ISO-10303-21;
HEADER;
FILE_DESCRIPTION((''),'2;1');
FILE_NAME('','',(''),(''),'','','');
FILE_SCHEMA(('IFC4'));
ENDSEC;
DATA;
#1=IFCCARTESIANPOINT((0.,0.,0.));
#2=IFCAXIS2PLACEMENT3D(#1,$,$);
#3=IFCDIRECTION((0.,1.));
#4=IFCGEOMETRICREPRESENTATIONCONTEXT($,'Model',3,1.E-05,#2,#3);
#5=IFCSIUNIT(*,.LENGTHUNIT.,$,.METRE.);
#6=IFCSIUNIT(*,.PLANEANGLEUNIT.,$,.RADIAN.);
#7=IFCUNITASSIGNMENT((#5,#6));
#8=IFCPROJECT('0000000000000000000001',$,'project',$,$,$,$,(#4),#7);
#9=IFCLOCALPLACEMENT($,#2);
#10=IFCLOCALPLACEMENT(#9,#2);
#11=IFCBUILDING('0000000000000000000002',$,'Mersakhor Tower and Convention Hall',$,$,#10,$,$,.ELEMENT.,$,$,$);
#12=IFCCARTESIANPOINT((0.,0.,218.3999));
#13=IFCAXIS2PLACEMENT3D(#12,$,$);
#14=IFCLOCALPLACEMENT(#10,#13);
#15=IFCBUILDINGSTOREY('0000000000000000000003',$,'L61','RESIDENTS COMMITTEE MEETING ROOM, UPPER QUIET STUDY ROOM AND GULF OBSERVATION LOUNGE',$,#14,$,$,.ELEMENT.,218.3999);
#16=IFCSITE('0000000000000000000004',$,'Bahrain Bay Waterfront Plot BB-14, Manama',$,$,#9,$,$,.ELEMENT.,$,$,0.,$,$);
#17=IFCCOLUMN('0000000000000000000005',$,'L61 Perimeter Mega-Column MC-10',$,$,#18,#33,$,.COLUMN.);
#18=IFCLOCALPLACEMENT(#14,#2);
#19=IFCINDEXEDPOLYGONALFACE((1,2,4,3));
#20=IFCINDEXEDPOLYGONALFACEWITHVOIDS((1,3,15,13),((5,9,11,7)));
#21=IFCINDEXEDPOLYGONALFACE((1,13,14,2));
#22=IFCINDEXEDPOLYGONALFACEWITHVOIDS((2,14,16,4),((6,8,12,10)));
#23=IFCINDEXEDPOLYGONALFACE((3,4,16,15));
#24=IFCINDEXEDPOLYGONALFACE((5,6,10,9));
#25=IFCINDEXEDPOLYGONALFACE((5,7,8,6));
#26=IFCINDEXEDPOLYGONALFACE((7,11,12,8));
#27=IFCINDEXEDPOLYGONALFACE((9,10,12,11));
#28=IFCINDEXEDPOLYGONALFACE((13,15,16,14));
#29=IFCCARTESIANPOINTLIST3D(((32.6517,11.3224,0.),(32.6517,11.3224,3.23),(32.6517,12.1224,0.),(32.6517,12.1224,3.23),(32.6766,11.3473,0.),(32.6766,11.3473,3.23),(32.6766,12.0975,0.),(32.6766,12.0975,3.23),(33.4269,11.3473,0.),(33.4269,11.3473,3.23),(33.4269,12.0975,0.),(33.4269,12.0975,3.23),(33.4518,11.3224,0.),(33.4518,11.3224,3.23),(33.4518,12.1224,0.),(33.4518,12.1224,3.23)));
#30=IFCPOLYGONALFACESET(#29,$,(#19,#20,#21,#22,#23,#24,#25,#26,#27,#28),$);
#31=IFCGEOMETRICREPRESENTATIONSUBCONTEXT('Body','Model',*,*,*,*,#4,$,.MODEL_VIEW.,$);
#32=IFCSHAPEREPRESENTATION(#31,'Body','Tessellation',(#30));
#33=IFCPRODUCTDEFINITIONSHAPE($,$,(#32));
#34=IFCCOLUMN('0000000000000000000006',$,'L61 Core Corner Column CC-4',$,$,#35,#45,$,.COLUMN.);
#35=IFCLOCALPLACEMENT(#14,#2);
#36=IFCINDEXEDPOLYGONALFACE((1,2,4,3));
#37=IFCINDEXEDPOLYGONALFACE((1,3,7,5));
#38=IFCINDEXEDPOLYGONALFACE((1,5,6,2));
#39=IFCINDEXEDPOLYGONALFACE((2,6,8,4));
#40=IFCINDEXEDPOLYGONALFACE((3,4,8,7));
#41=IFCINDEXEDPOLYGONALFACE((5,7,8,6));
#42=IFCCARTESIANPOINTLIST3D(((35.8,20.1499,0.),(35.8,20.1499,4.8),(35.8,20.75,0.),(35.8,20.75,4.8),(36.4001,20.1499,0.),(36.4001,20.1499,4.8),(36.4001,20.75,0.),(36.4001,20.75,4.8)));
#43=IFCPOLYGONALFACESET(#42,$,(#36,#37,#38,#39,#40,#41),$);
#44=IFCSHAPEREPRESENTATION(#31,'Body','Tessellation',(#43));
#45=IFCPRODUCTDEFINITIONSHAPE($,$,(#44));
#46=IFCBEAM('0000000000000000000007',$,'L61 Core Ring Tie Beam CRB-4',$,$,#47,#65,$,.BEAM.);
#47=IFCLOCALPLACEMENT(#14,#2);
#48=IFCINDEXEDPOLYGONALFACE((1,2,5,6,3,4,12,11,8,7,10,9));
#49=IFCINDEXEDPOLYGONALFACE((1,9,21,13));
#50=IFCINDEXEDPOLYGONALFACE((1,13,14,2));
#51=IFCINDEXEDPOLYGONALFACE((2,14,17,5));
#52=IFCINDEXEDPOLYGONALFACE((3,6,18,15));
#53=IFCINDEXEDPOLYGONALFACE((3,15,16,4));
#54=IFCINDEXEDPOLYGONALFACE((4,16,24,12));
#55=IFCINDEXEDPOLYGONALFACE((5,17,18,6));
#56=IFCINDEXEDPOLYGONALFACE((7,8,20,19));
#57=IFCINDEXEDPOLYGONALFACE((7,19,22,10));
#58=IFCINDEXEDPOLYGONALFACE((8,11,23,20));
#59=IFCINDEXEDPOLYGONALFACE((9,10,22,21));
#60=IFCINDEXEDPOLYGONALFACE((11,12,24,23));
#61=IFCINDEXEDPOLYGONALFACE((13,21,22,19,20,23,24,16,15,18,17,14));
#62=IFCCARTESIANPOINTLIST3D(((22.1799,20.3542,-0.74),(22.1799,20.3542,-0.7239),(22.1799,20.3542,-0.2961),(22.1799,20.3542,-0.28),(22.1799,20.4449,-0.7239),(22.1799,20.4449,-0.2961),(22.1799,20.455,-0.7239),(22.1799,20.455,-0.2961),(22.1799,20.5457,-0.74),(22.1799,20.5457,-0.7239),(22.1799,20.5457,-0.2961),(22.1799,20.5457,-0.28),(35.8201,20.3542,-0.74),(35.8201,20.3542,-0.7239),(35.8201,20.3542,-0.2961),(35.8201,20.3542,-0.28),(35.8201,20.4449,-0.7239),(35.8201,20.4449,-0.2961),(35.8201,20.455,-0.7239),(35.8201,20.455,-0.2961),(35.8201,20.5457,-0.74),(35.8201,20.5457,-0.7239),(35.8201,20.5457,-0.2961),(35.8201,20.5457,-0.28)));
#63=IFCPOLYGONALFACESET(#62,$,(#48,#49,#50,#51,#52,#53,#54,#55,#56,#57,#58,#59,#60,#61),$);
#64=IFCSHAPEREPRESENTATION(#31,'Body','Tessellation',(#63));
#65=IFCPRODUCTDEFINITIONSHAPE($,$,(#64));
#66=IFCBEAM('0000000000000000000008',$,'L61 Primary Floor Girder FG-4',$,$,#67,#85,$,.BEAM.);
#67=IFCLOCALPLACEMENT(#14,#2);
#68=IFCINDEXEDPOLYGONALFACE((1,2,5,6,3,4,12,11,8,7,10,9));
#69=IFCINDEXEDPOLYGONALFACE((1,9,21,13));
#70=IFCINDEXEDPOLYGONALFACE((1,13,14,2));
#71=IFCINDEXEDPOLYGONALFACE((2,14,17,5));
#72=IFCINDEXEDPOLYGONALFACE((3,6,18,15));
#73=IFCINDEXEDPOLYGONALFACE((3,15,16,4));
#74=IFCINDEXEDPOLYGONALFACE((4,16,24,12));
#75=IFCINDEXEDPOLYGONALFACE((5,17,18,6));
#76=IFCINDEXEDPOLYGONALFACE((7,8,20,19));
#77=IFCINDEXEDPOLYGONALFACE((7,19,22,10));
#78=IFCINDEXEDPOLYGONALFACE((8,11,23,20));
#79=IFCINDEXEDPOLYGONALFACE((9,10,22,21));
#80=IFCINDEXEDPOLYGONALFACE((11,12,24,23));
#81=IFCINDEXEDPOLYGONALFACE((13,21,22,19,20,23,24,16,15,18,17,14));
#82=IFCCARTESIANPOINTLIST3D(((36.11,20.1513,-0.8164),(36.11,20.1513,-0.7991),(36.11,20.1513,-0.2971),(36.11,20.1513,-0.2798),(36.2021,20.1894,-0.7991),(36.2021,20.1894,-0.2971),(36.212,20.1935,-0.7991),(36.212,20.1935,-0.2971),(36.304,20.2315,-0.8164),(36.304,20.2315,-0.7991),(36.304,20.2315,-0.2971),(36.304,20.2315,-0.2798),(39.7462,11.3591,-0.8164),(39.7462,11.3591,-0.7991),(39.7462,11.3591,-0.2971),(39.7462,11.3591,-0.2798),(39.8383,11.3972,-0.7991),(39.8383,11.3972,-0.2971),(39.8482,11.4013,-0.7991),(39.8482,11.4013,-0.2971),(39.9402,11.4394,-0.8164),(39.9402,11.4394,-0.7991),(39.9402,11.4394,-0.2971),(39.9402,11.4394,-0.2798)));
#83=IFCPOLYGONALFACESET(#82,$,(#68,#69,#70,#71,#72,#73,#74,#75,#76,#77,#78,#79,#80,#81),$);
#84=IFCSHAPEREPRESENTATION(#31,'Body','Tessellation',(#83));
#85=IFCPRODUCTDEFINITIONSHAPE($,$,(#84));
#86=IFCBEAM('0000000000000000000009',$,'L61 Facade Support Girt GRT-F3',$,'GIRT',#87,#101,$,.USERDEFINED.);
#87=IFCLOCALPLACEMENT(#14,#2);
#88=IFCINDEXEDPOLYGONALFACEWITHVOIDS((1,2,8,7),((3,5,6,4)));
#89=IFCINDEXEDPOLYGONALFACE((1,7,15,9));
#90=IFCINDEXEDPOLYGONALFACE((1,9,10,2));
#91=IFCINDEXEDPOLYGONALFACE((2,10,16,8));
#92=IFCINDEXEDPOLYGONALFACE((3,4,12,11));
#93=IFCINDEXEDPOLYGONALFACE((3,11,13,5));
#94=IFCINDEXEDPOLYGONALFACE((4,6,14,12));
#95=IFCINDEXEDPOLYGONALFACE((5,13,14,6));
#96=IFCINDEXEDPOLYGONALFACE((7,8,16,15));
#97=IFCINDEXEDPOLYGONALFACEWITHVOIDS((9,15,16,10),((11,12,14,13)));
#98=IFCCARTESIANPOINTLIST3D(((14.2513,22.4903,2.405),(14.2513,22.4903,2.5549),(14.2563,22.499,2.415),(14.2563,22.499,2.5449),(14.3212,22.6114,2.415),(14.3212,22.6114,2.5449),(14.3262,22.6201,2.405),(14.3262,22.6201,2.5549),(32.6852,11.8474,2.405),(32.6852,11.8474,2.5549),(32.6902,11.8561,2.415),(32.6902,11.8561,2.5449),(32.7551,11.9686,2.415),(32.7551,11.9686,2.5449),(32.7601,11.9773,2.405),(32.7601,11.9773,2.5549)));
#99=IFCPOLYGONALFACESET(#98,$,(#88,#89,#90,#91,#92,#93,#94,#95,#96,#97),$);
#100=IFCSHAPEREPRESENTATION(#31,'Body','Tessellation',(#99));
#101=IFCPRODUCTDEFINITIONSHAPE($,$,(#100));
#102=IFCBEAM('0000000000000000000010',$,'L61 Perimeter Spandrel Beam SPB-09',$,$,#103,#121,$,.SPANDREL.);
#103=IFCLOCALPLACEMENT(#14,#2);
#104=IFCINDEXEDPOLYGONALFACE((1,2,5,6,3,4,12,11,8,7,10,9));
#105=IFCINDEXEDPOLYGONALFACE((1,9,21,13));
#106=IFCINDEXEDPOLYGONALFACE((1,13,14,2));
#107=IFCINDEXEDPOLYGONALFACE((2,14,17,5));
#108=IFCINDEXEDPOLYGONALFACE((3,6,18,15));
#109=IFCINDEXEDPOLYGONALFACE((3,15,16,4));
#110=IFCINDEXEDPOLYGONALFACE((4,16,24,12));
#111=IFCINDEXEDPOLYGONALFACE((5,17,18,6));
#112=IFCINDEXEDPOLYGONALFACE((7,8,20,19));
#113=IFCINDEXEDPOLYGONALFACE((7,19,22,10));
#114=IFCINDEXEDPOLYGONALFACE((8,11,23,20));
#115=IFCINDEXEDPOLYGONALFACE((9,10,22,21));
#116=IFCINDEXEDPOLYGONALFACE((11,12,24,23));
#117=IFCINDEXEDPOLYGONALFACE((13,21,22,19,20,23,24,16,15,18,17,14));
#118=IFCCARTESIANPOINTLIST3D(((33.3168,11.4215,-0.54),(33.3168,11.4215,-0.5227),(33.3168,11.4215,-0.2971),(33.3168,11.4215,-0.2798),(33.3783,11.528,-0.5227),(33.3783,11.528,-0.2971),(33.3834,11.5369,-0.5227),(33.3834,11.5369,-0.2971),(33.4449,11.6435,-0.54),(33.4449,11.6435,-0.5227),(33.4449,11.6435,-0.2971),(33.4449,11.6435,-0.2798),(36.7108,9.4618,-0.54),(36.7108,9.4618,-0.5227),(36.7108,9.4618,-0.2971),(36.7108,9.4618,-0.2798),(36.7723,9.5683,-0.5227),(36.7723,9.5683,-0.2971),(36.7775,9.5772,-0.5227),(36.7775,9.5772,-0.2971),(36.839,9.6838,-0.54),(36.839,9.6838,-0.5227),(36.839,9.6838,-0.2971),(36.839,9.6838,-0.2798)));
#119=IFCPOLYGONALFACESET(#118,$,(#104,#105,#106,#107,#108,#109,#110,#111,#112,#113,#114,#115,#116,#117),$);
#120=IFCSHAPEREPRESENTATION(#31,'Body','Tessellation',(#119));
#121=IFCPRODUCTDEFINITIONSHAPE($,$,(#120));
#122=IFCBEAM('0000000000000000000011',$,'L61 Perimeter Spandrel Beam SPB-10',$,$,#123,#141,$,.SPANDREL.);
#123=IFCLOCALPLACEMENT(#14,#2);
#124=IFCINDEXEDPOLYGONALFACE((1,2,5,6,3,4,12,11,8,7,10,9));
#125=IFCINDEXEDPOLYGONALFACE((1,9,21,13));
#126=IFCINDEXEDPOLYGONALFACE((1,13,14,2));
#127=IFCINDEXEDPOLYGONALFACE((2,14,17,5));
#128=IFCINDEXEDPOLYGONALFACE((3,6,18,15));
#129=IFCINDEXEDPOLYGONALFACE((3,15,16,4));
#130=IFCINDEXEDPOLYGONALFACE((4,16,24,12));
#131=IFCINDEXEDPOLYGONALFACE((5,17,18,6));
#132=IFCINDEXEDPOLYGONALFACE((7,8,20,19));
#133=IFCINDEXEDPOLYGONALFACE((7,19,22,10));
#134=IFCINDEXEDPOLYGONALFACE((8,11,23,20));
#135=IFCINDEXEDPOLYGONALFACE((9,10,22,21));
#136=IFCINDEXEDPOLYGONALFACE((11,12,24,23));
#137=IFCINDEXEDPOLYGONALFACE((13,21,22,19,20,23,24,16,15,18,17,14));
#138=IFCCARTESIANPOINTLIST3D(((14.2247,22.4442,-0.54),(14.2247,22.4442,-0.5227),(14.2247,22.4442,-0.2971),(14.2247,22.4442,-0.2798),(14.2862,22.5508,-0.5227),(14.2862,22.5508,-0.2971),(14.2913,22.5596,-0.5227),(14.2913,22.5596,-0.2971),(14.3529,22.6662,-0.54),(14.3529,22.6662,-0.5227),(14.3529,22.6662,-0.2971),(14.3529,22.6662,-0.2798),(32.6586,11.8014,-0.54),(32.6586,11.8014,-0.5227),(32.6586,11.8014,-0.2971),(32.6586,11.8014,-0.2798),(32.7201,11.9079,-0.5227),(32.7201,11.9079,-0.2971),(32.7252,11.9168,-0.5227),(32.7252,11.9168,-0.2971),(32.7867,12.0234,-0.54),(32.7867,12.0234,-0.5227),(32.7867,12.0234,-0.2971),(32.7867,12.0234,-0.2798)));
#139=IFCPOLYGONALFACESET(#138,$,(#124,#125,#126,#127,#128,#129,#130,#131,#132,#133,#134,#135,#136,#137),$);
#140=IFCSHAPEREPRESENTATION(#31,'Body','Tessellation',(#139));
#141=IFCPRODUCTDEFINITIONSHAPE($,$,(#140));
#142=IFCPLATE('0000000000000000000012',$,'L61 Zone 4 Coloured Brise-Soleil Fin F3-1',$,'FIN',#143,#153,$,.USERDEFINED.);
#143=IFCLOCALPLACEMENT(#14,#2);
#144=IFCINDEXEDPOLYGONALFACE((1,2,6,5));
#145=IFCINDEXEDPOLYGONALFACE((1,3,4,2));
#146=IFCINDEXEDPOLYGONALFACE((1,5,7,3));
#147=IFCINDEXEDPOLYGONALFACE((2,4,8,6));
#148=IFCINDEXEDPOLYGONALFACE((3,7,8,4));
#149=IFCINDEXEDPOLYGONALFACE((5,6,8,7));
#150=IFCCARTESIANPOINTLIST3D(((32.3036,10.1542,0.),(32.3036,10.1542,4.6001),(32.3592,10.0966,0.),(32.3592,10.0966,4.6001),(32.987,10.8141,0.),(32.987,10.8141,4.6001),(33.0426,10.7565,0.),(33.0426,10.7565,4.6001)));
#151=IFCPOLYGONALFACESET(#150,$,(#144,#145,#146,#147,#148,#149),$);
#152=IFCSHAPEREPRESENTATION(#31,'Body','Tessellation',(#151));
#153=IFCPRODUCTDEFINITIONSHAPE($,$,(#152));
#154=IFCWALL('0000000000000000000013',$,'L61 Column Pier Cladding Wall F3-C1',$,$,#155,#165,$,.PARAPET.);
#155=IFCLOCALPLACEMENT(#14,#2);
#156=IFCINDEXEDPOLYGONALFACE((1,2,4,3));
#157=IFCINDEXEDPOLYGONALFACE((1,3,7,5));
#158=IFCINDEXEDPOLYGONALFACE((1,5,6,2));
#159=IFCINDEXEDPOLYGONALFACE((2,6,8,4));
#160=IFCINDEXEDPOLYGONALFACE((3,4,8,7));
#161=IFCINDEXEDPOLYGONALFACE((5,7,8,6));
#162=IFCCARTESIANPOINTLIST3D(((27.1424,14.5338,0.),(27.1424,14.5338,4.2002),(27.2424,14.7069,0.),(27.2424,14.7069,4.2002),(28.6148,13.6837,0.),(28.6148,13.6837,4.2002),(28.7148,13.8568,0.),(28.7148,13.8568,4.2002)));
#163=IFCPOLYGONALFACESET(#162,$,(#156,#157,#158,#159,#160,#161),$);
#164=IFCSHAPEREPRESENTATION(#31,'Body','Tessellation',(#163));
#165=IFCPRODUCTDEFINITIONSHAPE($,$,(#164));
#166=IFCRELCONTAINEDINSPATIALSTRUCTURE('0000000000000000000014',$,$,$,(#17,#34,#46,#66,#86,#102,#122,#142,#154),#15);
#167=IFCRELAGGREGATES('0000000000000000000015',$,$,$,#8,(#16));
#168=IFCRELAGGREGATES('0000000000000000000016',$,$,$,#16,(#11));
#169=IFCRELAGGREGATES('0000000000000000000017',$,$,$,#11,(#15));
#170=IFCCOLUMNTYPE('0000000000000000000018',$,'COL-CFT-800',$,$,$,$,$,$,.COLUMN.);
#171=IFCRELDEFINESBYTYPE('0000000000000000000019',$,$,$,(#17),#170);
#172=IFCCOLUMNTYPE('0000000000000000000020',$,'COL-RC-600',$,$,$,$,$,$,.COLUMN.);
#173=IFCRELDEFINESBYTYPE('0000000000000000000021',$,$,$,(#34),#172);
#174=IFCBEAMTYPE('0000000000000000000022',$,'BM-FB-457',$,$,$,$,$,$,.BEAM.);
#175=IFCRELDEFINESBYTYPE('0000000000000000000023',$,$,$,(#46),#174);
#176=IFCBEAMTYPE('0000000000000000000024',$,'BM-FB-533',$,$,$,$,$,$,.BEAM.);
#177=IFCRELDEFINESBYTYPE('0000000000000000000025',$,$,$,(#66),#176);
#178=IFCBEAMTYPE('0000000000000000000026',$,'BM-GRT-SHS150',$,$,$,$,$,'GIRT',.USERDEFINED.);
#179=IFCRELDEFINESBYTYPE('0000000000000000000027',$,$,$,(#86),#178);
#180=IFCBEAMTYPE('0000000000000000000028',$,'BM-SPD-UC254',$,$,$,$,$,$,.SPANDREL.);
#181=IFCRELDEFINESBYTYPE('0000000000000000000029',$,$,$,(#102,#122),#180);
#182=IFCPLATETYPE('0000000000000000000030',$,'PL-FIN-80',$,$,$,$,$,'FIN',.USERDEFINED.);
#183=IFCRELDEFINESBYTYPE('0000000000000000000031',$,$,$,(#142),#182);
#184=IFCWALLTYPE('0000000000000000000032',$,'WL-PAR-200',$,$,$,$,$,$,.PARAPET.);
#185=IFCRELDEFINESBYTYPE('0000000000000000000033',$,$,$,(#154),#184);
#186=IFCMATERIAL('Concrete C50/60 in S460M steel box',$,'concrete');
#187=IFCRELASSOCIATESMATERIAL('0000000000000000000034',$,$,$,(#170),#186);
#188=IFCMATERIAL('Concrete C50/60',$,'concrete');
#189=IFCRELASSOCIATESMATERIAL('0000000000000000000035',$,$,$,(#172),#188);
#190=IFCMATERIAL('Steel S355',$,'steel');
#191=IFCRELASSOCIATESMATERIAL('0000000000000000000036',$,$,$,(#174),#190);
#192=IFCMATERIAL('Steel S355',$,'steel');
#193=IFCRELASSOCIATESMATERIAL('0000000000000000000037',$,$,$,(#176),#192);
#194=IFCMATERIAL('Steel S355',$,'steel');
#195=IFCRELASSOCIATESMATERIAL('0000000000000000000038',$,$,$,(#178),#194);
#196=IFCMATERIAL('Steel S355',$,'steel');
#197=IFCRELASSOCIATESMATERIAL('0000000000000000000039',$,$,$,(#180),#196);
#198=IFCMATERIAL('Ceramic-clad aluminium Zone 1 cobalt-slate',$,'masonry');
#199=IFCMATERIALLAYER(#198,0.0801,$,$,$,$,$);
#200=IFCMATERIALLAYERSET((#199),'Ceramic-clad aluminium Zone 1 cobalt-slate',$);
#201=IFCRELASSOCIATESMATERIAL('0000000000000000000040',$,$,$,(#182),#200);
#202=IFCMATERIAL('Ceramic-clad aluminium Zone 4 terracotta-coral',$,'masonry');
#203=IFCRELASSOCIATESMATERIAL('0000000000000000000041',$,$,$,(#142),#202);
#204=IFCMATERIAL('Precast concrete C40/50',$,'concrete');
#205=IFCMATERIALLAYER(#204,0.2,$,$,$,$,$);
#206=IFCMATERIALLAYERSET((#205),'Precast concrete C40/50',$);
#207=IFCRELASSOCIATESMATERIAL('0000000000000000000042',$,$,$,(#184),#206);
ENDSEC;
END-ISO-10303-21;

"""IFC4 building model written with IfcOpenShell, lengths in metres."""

from ifc_helpers import new_model, si_unit, direction, frame, frame_2d, origin, origin_2d, place, context, subcontext, project, spatial, rectangle, hollow_rectangle, i_section, extrude, material, layer, layer_set, material_profile, profile_set, type_object, element, save


model = new_model("IFC4")

# Units and contexts
model_context = context("Model", 3, precision=1e-05, world=origin(), true_north=direction((0.0, 1.0)))
body_context = subcontext(model_context, "Body", "Model", "MODEL_VIEW")
ifc_project = project(units=[si_unit("LENGTHUNIT", "METRE"), si_unit("PLANEANGLEUNIT", "RADIAN")], contexts=[model_context])

# Site, building, storey
site_placement = place(None, origin())
site = spatial("IfcSite", under=ifc_project, at=site_placement, Name="Bahrain Bay Waterfront Plot BB-14, Manama", CompositionType="ELEMENT", RefElevation=0.0)
building_placement = place(site_placement, origin())
building = spatial("IfcBuilding", under=site, at=building_placement, Name="Mersakhor Tower and Convention Hall", CompositionType="ELEMENT")
storey_placement = place(building_placement, frame((0.0, 0.0, 218.3999)))
storey = spatial("IfcBuildingStorey", under=building, at=storey_placement, Name="L61", Description="RESIDENTS COMMITTEE MEETING ROOM, UPPER QUIET STUDY ROOM AND GULF OBSERVATION LOUNGE", CompositionType="ELEMENT", Elevation=218.3999)

# Columns
ifc_material_1 = material(Name="Concrete C50/60 in S460M steel box", Category="concrete")
ifc_material_profile_1 = material_profile(ifc_material_1, hollow_rectangle(XDim=0.8, YDim=0.8, WallThickness=0.0249, at=origin_2d()), Name="SHS 800x800x25")
ifc_profile_set_1 = profile_set([ifc_material_profile_1], Name="Concrete C50/60 in S460M steel box")
column_type_1 = type_object("IfcColumnType", Name="COL-CFT-800", PredefinedType="COLUMN", material=ifc_profile_set_1)
column_1_placement = place(storey_placement, frame((33.0518, 11.7224, 0.0), z_axis=(0.0, 0.0, 1.0), x_axis=(1.0, 0.0, 0.0)))
element("IfcColumn", 1, at=column_1_placement, inside=storey, type_object=column_type_1, Name="L61 Perimeter Mega-Column MC-10", PredefinedType="COLUMN", context=body_context, shape_type="SweptSolid", body=[
    extrude(hollow_rectangle(XDim=0.8, YDim=0.8, WallThickness=0.0249, at=origin_2d()), origin(), (0.0, 0.0, 1.0), 3.23),
])
ifc_material_2 = material(Name="Concrete C50/60", Category="concrete")
ifc_material_profile_2 = material_profile(ifc_material_2, rectangle(XDim=0.6001, YDim=0.6001, at=origin_2d()), Name="RC 600x600")
ifc_profile_set_2 = profile_set([ifc_material_profile_2], Name="Concrete C50/60")
column_type_2 = type_object("IfcColumnType", Name="COL-RC-600", PredefinedType="COLUMN", material=ifc_profile_set_2)
column_2_placement = place(storey_placement, frame((36.1001, 20.45, 0.0), z_axis=(0.0, 0.0, 1.0), x_axis=(1.0, 0.0, 0.0)))
element("IfcColumn", 2, at=column_2_placement, inside=storey, type_object=column_type_2, Name="L61 Core Corner Column CC-4", PredefinedType="COLUMN", context=body_context, shape_type="SweptSolid", body=[
    extrude(rectangle(XDim=0.6001, YDim=0.6001, at=origin_2d()), origin(), (0.0, 0.0, 1.0), 4.8),
])

# Beams
ifc_material_3 = material(Name="Steel S355", Category="steel")
ifc_material_profile_3 = material_profile(ifc_material_3, i_section(OverallWidth=0.1914, OverallDepth=0.46, WebThickness=0.01, FlangeThickness=0.0161, at=origin_2d()), Name="UB 457x191x82")
ifc_profile_set_3 = profile_set([ifc_material_profile_3], Name="Steel S355")
beam_type_1 = type_object("IfcBeamType", Name="BM-FB-457", PredefinedType="BEAM", material=ifc_profile_set_3)
beam_1_placement = place(storey_placement, frame((35.8201, 20.45, -0.51), z_axis=(-1.0, 0.0, 0.0), x_axis=(0.0, -1.0, 0.0)))
element("IfcBeam", 3, at=beam_1_placement, inside=storey, type_object=beam_type_1, Name="L61 Core Ring Tie Beam CRB-4", PredefinedType="BEAM", context=body_context, shape_type="SweptSolid", body=[
    extrude(i_section(OverallWidth=0.1914, OverallDepth=0.46, WebThickness=0.01, FlangeThickness=0.0161, at=origin_2d()), origin(), (0.0, 0.0, 1.0), 13.6401),
])
ifc_material_4 = material(Name="Steel S355", Category="steel")
ifc_material_profile_4 = material_profile(ifc_material_4, i_section(OverallWidth=0.21, OverallDepth=0.5366, WebThickness=0.0107, FlangeThickness=0.0173, at=origin_2d()), Name="UB 533x210x101")
ifc_profile_set_4 = profile_set([ifc_material_profile_4], Name="Steel S355")
beam_type_2 = type_object("IfcBeamType", Name="BM-FB-533", PredefinedType="BEAM", material=ifc_profile_set_4)
beam_2_placement = place(storey_placement, frame((36.207, 20.1914, -0.5481), z_axis=(0.382178, -0.924089, 0.0), x_axis=(0.924089, 0.382178, 0.0)))
element("IfcBeam", 4, at=beam_2_placement, inside=storey, type_object=beam_type_2, Name="L61 Primary Floor Girder FG-4", PredefinedType="BEAM", context=body_context, shape_type="SweptSolid", body=[
    extrude(i_section(OverallWidth=0.21, OverallDepth=0.5366, WebThickness=0.0107, FlangeThickness=0.0173, at=origin_2d()), origin(), (0.0, 0.0, 1.0), 9.5144),
])
ifc_material_5 = material(Name="Steel S355", Category="steel")
ifc_material_profile_5 = material_profile(ifc_material_5, hollow_rectangle(XDim=0.1499, YDim=0.1499, WallThickness=0.01, at=origin_2d()), Name="SHS 150x150x10")
ifc_profile_set_5 = profile_set([ifc_material_profile_5], Name="Steel S355")
beam_type_3 = type_object("IfcBeamType", Name="BM-GRT-SHS150", ElementType="GIRT", PredefinedType="USERDEFINED", material=ifc_profile_set_5)
beam_3_placement = place(storey_placement, frame((32.7227, 11.9124, 2.48), z_axis=(-0.866025, 0.500001, 0.0), x_axis=(-0.500001, -0.866025, 0.0)))
element("IfcBeam", 5, at=beam_3_placement, inside=storey, type_object=beam_type_3, Name="L61 Facade Support Girt GRT-F3", ObjectType="GIRT", PredefinedType="USERDEFINED", context=body_context, shape_type="SweptSolid", body=[
    extrude(hollow_rectangle(XDim=0.1499, YDim=0.1499, WallThickness=0.01, at=origin_2d()), origin(), (0.0, 0.0, 1.0), 21.2856),
])
ifc_material_6 = material(Name="Steel S355", Category="steel")
ifc_material_profile_6 = material_profile(ifc_material_6, i_section(OverallWidth=0.2563, OverallDepth=0.2603, WebThickness=0.0103, FlangeThickness=0.0173, at=origin_2d()), Name="UC 254x254x89")
ifc_profile_set_6 = profile_set([ifc_material_profile_6], Name="Steel S355")
beam_type_4 = type_object("IfcBeamType", Name="BM-SPD-UC254", PredefinedType="SPANDREL", material=ifc_profile_set_6)
beam_4_placement = place(storey_placement, frame((36.7749, 9.5728, -0.4099), z_axis=(-0.866007, 0.500032, 0.0), x_axis=(-0.500032, -0.866007, 0.0)))
element("IfcBeam", 6, at=beam_4_placement, inside=storey, type_object=beam_type_4, Name="L61 Perimeter Spandrel Beam SPB-09", PredefinedType="SPANDREL", context=body_context, shape_type="SweptSolid", body=[
    extrude(i_section(OverallWidth=0.2563, OverallDepth=0.2603, WebThickness=0.0103, FlangeThickness=0.0173, at=origin_2d()), origin(), (0.0, 0.0, 1.0), 3.9192),
])
beam_5_placement = place(storey_placement, frame((32.7227, 11.9124, -0.4099), z_axis=(-0.866025, 0.500001, 0.0), x_axis=(-0.500001, -0.866025, 0.0)))
element("IfcBeam", 7, at=beam_5_placement, inside=storey, type_object=beam_type_4, Name="L61 Perimeter Spandrel Beam SPB-10", PredefinedType="SPANDREL", context=body_context, shape_type="SweptSolid", body=[
    extrude(i_section(OverallWidth=0.2563, OverallDepth=0.2603, WebThickness=0.0103, FlangeThickness=0.0173, at=origin_2d()), origin(), (0.0, 0.0, 1.0), 21.2856),
])

# Plate
ifc_material_7 = material(Name="Ceramic-clad aluminium Zone 4 terracotta-coral", Category="masonry")
ifc_material_8 = material(Name="Ceramic-clad aluminium Zone 1 cobalt-slate", Category="masonry")
ifc_layer_1 = layer(ifc_material_8, 0.0801)
ifc_layer_set_1 = layer_set([ifc_layer_1], Name="Ceramic-clad aluminium Zone 1 cobalt-slate")
plate_type = type_object("IfcPlateType", Name="PL-FIN-80", ElementType="FIN", PredefinedType="USERDEFINED", material=ifc_layer_set_1)
plate_placement = place(storey_placement, frame((32.6731, 10.4553, 0.0), z_axis=(0.0, 0.0, 1.0), x_axis=(-0.71934, -0.694658, 0.0)))
element("IfcPlate", 8, at=plate_placement, inside=storey, type_object=plate_type, material=ifc_material_7, Name="L61 Zone 4 Coloured Brise-Soleil Fin F3-1", ObjectType="FIN", PredefinedType="USERDEFINED", context=body_context, shape_type="SweptSolid", body=[
    extrude(rectangle(XDim=0.95, YDim=0.0801, at=origin_2d()), origin(), (0.0, 0.0, 1.0), 4.6001),
])

# Wall
ifc_material_9 = material(Name="Precast concrete C40/50", Category="concrete")
ifc_layer_2 = layer(ifc_material_9, 0.2)
ifc_layer_set_2 = layer_set([ifc_layer_2], Name="Precast concrete C40/50")
wall_type_1 = type_object("IfcWallType", Name="WL-PAR-200", PredefinedType="PARAPET", material=ifc_layer_set_2)
wall_1_placement = place(storey_placement, frame((28.6648, 13.7703, 0.0), z_axis=(0.0, 0.0, 1.0), x_axis=(-0.866025, 0.5, 0.0)))
element("IfcWall", 9, at=wall_1_placement, inside=storey, type_object=wall_type_1, Name="L61 Column Pier Cladding Wall F3-C1", PredefinedType="PARAPET", context=body_context, shape_type="SweptSolid", body=[
    extrude(rectangle(XDim=1.7002, YDim=0.2, at=frame_2d((0.8501, 0.0))), origin(), (0.0, 0.0, 1.0), 4.2002),
])

save(model, "model.ifc")
